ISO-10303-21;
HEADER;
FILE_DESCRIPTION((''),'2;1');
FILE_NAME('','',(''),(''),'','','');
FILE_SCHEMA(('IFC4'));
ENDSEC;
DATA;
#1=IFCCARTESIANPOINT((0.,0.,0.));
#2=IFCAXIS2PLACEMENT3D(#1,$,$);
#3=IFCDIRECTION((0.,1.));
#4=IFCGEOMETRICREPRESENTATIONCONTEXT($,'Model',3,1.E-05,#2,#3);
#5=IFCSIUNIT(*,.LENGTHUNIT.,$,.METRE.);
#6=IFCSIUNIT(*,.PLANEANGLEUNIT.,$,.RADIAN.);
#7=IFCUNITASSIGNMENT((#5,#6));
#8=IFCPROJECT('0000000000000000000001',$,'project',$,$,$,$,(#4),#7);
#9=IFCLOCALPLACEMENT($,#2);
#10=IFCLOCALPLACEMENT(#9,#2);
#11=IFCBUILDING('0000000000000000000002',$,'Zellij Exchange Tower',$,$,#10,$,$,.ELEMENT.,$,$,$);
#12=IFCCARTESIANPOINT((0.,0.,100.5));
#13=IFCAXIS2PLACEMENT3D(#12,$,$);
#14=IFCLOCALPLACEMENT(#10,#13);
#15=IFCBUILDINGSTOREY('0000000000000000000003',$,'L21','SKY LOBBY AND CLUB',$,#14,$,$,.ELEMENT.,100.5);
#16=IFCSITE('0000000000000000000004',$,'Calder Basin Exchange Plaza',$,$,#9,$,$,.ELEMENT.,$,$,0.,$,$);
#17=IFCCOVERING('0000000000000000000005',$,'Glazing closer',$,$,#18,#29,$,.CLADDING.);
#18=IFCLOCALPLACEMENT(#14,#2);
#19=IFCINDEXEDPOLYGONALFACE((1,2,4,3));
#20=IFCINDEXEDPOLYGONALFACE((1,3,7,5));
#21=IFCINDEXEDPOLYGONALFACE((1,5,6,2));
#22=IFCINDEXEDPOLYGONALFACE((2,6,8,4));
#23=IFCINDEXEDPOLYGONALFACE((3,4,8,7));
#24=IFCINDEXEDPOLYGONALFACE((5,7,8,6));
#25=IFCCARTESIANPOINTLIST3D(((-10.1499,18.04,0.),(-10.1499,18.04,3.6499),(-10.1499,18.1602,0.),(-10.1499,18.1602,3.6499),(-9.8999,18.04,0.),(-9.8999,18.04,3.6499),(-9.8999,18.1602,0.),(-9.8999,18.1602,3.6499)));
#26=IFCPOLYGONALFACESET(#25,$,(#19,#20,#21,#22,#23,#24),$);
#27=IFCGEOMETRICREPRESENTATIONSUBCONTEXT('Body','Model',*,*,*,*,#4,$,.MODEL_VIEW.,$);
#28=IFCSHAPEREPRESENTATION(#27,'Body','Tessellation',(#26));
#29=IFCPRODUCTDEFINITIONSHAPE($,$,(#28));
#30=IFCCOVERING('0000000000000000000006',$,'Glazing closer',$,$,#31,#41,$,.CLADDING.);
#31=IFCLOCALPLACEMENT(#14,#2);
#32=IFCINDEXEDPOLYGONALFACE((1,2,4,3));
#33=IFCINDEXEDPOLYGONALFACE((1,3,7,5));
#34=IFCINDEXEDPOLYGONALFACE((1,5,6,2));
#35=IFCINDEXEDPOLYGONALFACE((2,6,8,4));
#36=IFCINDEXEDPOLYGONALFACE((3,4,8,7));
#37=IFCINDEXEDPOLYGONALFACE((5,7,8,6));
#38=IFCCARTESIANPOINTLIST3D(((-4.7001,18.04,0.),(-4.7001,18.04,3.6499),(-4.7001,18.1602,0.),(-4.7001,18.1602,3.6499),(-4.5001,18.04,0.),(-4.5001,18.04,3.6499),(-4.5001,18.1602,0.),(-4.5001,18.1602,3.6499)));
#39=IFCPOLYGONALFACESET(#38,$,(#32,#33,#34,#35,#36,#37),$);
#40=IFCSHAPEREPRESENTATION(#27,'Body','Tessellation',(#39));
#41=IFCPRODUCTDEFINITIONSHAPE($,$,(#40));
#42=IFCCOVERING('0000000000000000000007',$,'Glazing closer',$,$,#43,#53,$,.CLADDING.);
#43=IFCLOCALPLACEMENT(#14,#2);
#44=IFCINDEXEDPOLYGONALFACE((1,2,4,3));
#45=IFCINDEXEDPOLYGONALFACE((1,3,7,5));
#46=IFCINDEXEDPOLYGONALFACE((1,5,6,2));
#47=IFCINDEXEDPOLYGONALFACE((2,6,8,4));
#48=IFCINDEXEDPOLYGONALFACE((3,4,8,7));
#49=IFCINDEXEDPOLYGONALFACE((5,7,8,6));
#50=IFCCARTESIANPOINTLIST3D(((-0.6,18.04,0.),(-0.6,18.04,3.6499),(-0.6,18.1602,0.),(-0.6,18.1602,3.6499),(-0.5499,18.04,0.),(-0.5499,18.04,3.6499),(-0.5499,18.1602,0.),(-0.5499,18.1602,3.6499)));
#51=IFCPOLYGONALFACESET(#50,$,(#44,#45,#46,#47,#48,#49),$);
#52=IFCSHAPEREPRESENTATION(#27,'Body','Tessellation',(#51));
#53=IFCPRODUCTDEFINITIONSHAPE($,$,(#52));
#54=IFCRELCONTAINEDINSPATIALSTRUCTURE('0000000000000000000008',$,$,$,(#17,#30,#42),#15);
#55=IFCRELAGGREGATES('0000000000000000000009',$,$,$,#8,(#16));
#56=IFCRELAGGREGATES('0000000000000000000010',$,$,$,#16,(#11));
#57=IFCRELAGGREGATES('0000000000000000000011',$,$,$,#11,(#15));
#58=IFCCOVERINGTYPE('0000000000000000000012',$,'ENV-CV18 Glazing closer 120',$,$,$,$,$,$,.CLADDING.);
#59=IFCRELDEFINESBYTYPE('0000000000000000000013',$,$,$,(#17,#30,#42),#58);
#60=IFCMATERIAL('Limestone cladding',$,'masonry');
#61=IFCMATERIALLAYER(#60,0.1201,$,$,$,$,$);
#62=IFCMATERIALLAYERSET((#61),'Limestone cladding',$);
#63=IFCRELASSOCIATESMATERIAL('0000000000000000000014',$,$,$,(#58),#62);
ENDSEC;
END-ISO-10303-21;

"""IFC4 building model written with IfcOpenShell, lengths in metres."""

from ifc_helpers import new_model, si_unit, direction, frame, origin, origin_2d, place, context, subcontext, project, spatial, rectangle, extrude, material, layer, layer_set, type_object, element, save


model = new_model("IFC4")

# Units and contexts
model_context = context("Model", 3, precision=1e-05, world=origin(), true_north=direction((0.0, 1.0)))
body_context = subcontext(model_context, "Body", "Model", "MODEL_VIEW")
ifc_project = project(units=[si_unit("LENGTHUNIT", "METRE"), si_unit("PLANEANGLEUNIT", "RADIAN")], contexts=[model_context])

# Site, building, storey
site_placement = place(None, origin())
site = spatial("IfcSite", under=ifc_project, at=site_placement, Name="Calder Basin Exchange Plaza", CompositionType="ELEMENT", RefElevation=0.0)
building_placement = place(site_placement, origin())
building = spatial("IfcBuilding", under=site, at=building_placement, Name="Zellij Exchange Tower", CompositionType="ELEMENT")
storey_placement = place(building_placement, frame((0.0, 0.0, 100.5)))
storey = spatial("IfcBuildingStorey", under=building, at=storey_placement, Name="L21", Description="SKY LOBBY AND CLUB", CompositionType="ELEMENT", Elevation=100.5)

# Coverings
ifc_material_1 = material(Name="Limestone cladding", Category="masonry")
ifc_layer_1 = layer(ifc_material_1, 0.1201)
ifc_layer_set_1 = layer_set([ifc_layer_1], Name="Limestone cladding")
covering_type = type_object("IfcCoveringType", Name="ENV-CV18 Glazing closer 120", PredefinedType="CLADDING", material=ifc_layer_set_1)
for number, where, z_axis, x_axis, name in (
    (1, (-10.0249, 18.1001, 0.0), (0.0, 0.0, 1.0), (1.0, 0.0, 0.0), "Glazing closer"),
):
    element("IfcCovering", number, at=place(storey_placement, frame(where, z_axis=z_axis, x_axis=x_axis)), inside=storey, type_object=covering_type, Name=name, PredefinedType="CLADDING", context=body_context, shape_type="SweptSolid", body=[
        extrude(rectangle(XDim=0.25, YDim=0.1201, at=origin_2d()), origin(), (0.0, 0.0, 1.0), 3.6499),
    ])
covering_1_placement = place(storey_placement, frame((-4.6001, 18.1001, 0.0), z_axis=(0.0, 0.0, 1.0), x_axis=(1.0, 0.0, 0.0)))
element("IfcCovering", 2, at=covering_1_placement, inside=storey, type_object=covering_type, Name="Glazing closer", PredefinedType="CLADDING", context=body_context, shape_type="SweptSolid", body=[
    extrude(rectangle(XDim=0.2, YDim=0.1201, at=origin_2d()), origin(), (0.0, 0.0, 1.0), 3.6499),
])
covering_2_placement = place(storey_placement, frame((-0.575, 18.1001, 0.0), z_axis=(0.0, 0.0, 1.0), x_axis=(1.0, 0.0, 0.0)))
element("IfcCovering", 3, at=covering_2_placement, inside=storey, type_object=covering_type, Name="Glazing closer", PredefinedType="CLADDING", context=body_context, shape_type="SweptSolid", body=[
    extrude(rectangle(XDim=0.05, YDim=0.1201, at=origin_2d()), origin(), (0.0, 0.0, 1.0), 3.6499),
])

save(model, "model.ifc")
